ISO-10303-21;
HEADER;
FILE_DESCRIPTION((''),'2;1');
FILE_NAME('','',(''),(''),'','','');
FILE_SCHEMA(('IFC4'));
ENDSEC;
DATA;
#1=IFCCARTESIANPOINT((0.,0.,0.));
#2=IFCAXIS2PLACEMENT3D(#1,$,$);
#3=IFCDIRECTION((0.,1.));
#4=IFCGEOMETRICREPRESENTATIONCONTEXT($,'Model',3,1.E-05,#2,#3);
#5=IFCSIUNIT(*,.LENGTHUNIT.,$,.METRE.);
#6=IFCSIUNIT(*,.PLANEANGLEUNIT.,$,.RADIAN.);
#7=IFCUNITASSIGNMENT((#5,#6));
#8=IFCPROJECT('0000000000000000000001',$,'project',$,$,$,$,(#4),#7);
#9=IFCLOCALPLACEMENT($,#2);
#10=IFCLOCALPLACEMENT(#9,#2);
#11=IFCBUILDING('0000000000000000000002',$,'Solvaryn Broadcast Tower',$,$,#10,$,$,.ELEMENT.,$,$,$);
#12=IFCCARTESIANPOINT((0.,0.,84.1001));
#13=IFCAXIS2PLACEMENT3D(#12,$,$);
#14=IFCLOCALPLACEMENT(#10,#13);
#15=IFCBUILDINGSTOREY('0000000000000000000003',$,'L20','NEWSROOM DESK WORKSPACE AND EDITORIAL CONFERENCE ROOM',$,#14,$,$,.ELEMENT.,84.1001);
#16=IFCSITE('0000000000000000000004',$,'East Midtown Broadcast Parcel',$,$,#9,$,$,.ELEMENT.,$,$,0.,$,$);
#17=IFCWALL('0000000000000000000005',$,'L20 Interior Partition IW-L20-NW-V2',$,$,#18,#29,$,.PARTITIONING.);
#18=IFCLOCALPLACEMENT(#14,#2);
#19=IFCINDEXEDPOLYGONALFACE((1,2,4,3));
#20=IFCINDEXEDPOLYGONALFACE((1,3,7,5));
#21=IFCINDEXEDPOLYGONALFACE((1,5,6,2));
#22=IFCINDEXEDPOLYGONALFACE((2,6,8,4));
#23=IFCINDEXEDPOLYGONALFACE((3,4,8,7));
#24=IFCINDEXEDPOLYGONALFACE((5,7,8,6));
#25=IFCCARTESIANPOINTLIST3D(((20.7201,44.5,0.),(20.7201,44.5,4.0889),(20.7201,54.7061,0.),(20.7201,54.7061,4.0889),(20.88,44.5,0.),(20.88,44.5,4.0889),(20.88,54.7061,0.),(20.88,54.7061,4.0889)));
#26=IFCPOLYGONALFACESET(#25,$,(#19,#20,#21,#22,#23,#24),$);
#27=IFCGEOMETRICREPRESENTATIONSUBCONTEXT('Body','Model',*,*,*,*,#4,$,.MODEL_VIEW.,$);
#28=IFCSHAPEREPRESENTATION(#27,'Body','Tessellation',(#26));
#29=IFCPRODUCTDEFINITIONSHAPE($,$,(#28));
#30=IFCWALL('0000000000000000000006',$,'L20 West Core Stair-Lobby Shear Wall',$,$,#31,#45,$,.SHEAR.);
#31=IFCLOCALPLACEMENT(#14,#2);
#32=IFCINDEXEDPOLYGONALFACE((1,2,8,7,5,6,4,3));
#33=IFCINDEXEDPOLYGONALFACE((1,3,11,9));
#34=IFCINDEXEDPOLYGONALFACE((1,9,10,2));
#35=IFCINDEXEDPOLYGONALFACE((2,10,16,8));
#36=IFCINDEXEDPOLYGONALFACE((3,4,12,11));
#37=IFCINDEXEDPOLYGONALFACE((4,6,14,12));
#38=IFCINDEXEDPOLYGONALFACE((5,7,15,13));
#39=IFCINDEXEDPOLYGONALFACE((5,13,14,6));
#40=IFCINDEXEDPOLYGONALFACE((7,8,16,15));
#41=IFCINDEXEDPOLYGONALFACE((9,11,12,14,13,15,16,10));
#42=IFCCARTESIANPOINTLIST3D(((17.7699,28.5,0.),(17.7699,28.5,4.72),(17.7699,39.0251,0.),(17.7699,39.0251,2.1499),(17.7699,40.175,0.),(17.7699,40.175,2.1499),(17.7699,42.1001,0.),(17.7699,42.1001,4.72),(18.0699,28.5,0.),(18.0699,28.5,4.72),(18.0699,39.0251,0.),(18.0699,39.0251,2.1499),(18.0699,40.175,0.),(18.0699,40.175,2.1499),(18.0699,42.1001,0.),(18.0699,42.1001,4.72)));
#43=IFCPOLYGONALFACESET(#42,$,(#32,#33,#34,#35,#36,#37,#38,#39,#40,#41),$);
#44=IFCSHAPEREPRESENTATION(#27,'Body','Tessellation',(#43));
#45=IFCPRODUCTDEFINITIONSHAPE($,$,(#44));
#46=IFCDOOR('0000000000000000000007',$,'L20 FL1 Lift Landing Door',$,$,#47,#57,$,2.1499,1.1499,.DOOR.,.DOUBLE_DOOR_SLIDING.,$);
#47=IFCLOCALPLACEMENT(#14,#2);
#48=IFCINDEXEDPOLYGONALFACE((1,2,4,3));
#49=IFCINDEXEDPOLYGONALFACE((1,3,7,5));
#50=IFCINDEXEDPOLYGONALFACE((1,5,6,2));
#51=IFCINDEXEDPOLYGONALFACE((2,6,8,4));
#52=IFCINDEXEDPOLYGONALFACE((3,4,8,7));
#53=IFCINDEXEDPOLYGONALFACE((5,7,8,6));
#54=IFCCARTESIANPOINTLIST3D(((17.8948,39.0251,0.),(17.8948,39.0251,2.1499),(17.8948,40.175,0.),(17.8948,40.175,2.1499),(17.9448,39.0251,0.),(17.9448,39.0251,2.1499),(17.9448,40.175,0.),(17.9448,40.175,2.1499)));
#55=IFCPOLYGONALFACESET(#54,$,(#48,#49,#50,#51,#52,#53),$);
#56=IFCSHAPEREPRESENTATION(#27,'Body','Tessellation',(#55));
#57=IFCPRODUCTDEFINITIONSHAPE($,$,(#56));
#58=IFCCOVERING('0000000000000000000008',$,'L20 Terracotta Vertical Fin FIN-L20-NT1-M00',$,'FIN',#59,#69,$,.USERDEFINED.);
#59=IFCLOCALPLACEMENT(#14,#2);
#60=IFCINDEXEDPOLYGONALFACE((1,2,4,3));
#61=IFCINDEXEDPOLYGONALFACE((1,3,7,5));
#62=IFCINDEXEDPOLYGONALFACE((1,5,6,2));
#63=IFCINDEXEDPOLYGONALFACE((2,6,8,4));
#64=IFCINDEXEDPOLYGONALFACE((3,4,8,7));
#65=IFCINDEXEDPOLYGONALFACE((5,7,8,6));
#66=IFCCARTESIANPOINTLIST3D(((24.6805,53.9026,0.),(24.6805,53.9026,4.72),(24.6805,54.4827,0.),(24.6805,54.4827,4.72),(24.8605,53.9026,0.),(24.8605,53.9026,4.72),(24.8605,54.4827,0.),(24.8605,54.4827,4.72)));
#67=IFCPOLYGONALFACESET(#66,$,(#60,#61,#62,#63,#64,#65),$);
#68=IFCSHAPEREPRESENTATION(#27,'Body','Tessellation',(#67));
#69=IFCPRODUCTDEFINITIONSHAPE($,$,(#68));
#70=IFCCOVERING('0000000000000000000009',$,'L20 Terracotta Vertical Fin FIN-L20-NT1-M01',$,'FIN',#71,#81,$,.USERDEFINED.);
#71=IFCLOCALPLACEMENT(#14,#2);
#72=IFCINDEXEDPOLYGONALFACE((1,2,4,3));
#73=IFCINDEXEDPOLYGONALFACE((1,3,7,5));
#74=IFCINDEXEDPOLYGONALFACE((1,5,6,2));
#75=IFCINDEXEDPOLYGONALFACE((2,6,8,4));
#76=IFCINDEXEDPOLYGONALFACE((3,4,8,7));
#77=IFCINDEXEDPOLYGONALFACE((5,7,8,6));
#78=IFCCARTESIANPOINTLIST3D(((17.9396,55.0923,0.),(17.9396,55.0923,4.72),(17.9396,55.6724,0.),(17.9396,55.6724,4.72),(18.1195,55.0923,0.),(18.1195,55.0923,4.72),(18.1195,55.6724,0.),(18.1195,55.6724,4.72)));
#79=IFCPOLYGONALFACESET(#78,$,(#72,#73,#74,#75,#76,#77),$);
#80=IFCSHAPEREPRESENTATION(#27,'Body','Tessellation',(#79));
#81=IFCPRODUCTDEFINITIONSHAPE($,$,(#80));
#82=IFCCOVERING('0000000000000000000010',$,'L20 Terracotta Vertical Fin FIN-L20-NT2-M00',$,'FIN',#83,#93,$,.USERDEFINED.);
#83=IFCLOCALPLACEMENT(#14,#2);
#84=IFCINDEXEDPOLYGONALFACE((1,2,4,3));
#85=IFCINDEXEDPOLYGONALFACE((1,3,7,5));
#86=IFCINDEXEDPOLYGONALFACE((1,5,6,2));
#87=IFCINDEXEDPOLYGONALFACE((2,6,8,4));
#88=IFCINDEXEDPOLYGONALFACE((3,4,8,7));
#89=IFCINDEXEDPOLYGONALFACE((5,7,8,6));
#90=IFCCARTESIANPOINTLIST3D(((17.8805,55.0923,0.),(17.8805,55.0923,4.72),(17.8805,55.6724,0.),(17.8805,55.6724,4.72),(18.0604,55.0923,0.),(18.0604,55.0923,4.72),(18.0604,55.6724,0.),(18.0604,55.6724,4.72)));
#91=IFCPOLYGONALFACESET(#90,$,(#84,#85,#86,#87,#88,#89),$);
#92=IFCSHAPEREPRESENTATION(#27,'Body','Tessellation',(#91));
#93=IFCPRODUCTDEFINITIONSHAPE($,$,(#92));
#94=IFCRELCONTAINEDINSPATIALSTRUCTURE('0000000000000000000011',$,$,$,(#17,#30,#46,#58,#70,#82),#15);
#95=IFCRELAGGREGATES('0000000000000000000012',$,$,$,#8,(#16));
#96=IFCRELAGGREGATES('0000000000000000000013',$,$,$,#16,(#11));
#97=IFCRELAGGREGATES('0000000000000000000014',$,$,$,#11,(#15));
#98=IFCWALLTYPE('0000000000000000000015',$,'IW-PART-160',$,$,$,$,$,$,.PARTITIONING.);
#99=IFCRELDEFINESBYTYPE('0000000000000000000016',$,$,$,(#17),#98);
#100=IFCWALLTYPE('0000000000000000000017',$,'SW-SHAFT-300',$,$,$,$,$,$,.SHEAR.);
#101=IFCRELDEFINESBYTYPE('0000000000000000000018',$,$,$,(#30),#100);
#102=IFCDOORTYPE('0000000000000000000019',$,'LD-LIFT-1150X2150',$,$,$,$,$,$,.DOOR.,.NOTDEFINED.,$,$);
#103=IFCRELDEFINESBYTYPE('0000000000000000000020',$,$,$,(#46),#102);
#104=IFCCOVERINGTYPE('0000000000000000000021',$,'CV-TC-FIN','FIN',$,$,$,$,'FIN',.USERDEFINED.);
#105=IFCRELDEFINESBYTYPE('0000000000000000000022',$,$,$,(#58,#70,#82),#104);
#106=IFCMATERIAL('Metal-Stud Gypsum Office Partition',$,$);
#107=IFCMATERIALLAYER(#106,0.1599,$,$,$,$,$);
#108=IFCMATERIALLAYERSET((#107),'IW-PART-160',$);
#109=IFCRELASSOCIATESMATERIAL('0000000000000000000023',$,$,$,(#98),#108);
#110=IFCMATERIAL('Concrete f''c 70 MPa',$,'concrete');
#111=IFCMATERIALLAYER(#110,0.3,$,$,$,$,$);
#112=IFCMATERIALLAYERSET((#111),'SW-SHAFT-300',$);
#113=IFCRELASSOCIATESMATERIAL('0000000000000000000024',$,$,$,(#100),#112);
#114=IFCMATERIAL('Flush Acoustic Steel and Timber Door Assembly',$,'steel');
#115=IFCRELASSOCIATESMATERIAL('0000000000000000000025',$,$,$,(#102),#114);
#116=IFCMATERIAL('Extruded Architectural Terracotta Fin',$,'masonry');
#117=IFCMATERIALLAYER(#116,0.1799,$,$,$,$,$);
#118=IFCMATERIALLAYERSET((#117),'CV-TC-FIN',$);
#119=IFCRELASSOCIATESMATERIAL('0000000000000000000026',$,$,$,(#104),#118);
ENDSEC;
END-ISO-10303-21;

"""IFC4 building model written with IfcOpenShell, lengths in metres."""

from ifc_helpers import new_model, si_unit, direction, frame, frame_2d, origin, origin_2d, place, context, subcontext, project, spatial, rectangle, extrude, material, layer, layer_set, type_object, element, fill, save


model = new_model("IFC4")

# Units and contexts
model_context = context("Model", 3, precision=1e-05, world=origin(), true_north=direction((0.0, 1.0)))
body_context = subcontext(model_context, "Body", "Model", "MODEL_VIEW")
ifc_project = project(units=[si_unit("LENGTHUNIT", "METRE"), si_unit("PLANEANGLEUNIT", "RADIAN")], contexts=[model_context])

# Site, building, storey
site_placement = place(None, origin())
site = spatial("IfcSite", under=ifc_project, at=site_placement, Name="East Midtown Broadcast Parcel", CompositionType="ELEMENT", RefElevation=0.0)
building_placement = place(site_placement, origin())
building = spatial("IfcBuilding", under=site, at=building_placement, Name="Solvaryn Broadcast Tower", CompositionType="ELEMENT")
storey_placement = place(building_placement, frame((0.0, 0.0, 84.1001)))
storey = spatial("IfcBuildingStorey", under=building, at=storey_placement, Name="L20", Description="NEWSROOM DESK WORKSPACE AND EDITORIAL CONFERENCE ROOM", CompositionType="ELEMENT", Elevation=84.1001)

# Wall
ifc_material_1 = material(Name="Metal-Stud Gypsum Office Partition")
ifc_layer_1 = layer(ifc_material_1, 0.1599)
ifc_layer_set_1 = layer_set([ifc_layer_1], Name="IW-PART-160")
wall_type_1 = type_object("IfcWallType", Name="IW-PART-160", PredefinedType="PARTITIONING", material=ifc_layer_set_1)
wall_1_placement = place(storey_placement, frame((20.8, 44.5, 0.0), z_axis=(0.0, 0.0, 1.0), x_axis=(0.0, 1.0, 0.0)))
element("IfcWall", 1, at=wall_1_placement, inside=storey, type_object=wall_type_1, Name="L20 Interior Partition IW-L20-NW-V2", PredefinedType="PARTITIONING", context=body_context, shape_type="SweptSolid", body=[
    extrude(rectangle(XDim=10.2061, YDim=0.1599, at=frame_2d((5.103, 0.0))), origin(), (0.0, 0.0, 1.0), 4.0889),
])

# Wall, opening, door
ifc_material_2 = material(Name="Concrete f'c 70 MPa", Category="concrete")
ifc_layer_2 = layer(ifc_material_2, 0.3)
ifc_layer_set_2 = layer_set([ifc_layer_2], Name="SW-SHAFT-300")
wall_type_2 = type_object("IfcWallType", Name="SW-SHAFT-300", PredefinedType="SHEAR", material=ifc_layer_set_2)
wall_2_placement = place(storey_placement, frame((17.9199, 42.1001, 0.0), z_axis=(0.0, 0.0, 1.0), x_axis=(0.0, -1.0, 0.0)))
wall_2 = element("IfcWall", 2, at=wall_2_placement, inside=storey, type_object=wall_type_2, Name="L20 West Core Stair-Lobby Shear Wall", PredefinedType="SHEAR", context=body_context, shape_type="SweptSolid", body=[
    extrude(rectangle(XDim=13.6001, YDim=0.3, at=frame_2d((6.8, 0.0))), origin(), (0.0, 0.0, 1.0), 4.72),
])
opening_1_placement = place(wall_2_placement, frame((1.925, 0.0, 0.0)))
opening_1 = element("IfcOpeningElement", 3, at=opening_1_placement, cuts=wall_2, PredefinedType="OPENING", context=body_context, shape_type="SweptSolid", body=[
    extrude(rectangle(XDim=1.1499, YDim=2.1499, at=frame_2d((0.575, 1.075))), frame((0.0, 0.1599, 0.0), z_axis=(0.0, -1.0, 0.0), x_axis=(1.0, 0.0, 0.0)), (0.0, 0.0, 1.0), 0.3201),
])
ifc_material_3 = material(Name="Flush Acoustic Steel and Timber Door Assembly", Category="steel")
door_type_1 = type_object("IfcDoorType", Name="LD-LIFT-1150X2150", OperationType="NOTDEFINED", PredefinedType="DOOR", material=ifc_material_3)
door_1_placement = place(opening_1_placement, origin())
door_1 = element("IfcDoor", 4, at=door_1_placement, inside=storey, type_object=door_type_1, Name="L20 FL1 Lift Landing Door", OperationType="DOUBLE_DOOR_SLIDING", OverallHeight=2.1499, OverallWidth=1.1499, PredefinedType="DOOR", context=body_context, shape_type="SweptSolid", body=[
    extrude(rectangle(XDim=1.1499, YDim=2.1499, at=frame_2d((0.575, 1.075))), frame((0.0, 0.0249, 0.0), z_axis=(0.0, -1.0, 0.0), x_axis=(1.0, 0.0, 0.0)), (0.0, 0.0, 1.0), 0.05),
])
fill(opening_1, door_1)

# Coverings
ifc_material_4 = material(Name="Extruded Architectural Terracotta Fin", Category="masonry")
ifc_layer_3 = layer(ifc_material_4, 0.1799)
ifc_layer_set_3 = layer_set([ifc_layer_3], Name="CV-TC-FIN")
covering_type = type_object("IfcCoveringType", Name="CV-TC-FIN", Description="FIN", ElementType="FIN", PredefinedType="USERDEFINED", material=ifc_layer_set_3)
for number, where, z_axis, x_axis, name in (
    (5, (24.7705, 54.1926, 0.0), (0.0, 0.0, 1.0), (1.0, 0.0, 0.0), "L20 Terracotta Vertical Fin FIN-L20-NT1-M00"),
    (6, (18.0295, 55.3823, 0.0), (0.0, 0.0, 1.0), (1.0, 0.0, 0.0), "L20 Terracotta Vertical Fin FIN-L20-NT1-M01"),
    (7, (17.9705, 55.3823, 0.0), (0.0, 0.0, 1.0), (1.0, 0.0, 0.0), "L20 Terracotta Vertical Fin FIN-L20-NT2-M00"),
):
    element("IfcCovering", number, at=place(storey_placement, frame(where, z_axis=z_axis, x_axis=x_axis)), inside=storey, type_object=covering_type, Name=name, ObjectType="FIN", PredefinedType="USERDEFINED", context=body_context, shape_type="SweptSolid", body=[
        extrude(rectangle(XDim=0.1799, YDim=0.5801, at=origin_2d()), origin(), (0.0, 0.0, 1.0), 4.72),
    ])

save(model, "model.ifc")
